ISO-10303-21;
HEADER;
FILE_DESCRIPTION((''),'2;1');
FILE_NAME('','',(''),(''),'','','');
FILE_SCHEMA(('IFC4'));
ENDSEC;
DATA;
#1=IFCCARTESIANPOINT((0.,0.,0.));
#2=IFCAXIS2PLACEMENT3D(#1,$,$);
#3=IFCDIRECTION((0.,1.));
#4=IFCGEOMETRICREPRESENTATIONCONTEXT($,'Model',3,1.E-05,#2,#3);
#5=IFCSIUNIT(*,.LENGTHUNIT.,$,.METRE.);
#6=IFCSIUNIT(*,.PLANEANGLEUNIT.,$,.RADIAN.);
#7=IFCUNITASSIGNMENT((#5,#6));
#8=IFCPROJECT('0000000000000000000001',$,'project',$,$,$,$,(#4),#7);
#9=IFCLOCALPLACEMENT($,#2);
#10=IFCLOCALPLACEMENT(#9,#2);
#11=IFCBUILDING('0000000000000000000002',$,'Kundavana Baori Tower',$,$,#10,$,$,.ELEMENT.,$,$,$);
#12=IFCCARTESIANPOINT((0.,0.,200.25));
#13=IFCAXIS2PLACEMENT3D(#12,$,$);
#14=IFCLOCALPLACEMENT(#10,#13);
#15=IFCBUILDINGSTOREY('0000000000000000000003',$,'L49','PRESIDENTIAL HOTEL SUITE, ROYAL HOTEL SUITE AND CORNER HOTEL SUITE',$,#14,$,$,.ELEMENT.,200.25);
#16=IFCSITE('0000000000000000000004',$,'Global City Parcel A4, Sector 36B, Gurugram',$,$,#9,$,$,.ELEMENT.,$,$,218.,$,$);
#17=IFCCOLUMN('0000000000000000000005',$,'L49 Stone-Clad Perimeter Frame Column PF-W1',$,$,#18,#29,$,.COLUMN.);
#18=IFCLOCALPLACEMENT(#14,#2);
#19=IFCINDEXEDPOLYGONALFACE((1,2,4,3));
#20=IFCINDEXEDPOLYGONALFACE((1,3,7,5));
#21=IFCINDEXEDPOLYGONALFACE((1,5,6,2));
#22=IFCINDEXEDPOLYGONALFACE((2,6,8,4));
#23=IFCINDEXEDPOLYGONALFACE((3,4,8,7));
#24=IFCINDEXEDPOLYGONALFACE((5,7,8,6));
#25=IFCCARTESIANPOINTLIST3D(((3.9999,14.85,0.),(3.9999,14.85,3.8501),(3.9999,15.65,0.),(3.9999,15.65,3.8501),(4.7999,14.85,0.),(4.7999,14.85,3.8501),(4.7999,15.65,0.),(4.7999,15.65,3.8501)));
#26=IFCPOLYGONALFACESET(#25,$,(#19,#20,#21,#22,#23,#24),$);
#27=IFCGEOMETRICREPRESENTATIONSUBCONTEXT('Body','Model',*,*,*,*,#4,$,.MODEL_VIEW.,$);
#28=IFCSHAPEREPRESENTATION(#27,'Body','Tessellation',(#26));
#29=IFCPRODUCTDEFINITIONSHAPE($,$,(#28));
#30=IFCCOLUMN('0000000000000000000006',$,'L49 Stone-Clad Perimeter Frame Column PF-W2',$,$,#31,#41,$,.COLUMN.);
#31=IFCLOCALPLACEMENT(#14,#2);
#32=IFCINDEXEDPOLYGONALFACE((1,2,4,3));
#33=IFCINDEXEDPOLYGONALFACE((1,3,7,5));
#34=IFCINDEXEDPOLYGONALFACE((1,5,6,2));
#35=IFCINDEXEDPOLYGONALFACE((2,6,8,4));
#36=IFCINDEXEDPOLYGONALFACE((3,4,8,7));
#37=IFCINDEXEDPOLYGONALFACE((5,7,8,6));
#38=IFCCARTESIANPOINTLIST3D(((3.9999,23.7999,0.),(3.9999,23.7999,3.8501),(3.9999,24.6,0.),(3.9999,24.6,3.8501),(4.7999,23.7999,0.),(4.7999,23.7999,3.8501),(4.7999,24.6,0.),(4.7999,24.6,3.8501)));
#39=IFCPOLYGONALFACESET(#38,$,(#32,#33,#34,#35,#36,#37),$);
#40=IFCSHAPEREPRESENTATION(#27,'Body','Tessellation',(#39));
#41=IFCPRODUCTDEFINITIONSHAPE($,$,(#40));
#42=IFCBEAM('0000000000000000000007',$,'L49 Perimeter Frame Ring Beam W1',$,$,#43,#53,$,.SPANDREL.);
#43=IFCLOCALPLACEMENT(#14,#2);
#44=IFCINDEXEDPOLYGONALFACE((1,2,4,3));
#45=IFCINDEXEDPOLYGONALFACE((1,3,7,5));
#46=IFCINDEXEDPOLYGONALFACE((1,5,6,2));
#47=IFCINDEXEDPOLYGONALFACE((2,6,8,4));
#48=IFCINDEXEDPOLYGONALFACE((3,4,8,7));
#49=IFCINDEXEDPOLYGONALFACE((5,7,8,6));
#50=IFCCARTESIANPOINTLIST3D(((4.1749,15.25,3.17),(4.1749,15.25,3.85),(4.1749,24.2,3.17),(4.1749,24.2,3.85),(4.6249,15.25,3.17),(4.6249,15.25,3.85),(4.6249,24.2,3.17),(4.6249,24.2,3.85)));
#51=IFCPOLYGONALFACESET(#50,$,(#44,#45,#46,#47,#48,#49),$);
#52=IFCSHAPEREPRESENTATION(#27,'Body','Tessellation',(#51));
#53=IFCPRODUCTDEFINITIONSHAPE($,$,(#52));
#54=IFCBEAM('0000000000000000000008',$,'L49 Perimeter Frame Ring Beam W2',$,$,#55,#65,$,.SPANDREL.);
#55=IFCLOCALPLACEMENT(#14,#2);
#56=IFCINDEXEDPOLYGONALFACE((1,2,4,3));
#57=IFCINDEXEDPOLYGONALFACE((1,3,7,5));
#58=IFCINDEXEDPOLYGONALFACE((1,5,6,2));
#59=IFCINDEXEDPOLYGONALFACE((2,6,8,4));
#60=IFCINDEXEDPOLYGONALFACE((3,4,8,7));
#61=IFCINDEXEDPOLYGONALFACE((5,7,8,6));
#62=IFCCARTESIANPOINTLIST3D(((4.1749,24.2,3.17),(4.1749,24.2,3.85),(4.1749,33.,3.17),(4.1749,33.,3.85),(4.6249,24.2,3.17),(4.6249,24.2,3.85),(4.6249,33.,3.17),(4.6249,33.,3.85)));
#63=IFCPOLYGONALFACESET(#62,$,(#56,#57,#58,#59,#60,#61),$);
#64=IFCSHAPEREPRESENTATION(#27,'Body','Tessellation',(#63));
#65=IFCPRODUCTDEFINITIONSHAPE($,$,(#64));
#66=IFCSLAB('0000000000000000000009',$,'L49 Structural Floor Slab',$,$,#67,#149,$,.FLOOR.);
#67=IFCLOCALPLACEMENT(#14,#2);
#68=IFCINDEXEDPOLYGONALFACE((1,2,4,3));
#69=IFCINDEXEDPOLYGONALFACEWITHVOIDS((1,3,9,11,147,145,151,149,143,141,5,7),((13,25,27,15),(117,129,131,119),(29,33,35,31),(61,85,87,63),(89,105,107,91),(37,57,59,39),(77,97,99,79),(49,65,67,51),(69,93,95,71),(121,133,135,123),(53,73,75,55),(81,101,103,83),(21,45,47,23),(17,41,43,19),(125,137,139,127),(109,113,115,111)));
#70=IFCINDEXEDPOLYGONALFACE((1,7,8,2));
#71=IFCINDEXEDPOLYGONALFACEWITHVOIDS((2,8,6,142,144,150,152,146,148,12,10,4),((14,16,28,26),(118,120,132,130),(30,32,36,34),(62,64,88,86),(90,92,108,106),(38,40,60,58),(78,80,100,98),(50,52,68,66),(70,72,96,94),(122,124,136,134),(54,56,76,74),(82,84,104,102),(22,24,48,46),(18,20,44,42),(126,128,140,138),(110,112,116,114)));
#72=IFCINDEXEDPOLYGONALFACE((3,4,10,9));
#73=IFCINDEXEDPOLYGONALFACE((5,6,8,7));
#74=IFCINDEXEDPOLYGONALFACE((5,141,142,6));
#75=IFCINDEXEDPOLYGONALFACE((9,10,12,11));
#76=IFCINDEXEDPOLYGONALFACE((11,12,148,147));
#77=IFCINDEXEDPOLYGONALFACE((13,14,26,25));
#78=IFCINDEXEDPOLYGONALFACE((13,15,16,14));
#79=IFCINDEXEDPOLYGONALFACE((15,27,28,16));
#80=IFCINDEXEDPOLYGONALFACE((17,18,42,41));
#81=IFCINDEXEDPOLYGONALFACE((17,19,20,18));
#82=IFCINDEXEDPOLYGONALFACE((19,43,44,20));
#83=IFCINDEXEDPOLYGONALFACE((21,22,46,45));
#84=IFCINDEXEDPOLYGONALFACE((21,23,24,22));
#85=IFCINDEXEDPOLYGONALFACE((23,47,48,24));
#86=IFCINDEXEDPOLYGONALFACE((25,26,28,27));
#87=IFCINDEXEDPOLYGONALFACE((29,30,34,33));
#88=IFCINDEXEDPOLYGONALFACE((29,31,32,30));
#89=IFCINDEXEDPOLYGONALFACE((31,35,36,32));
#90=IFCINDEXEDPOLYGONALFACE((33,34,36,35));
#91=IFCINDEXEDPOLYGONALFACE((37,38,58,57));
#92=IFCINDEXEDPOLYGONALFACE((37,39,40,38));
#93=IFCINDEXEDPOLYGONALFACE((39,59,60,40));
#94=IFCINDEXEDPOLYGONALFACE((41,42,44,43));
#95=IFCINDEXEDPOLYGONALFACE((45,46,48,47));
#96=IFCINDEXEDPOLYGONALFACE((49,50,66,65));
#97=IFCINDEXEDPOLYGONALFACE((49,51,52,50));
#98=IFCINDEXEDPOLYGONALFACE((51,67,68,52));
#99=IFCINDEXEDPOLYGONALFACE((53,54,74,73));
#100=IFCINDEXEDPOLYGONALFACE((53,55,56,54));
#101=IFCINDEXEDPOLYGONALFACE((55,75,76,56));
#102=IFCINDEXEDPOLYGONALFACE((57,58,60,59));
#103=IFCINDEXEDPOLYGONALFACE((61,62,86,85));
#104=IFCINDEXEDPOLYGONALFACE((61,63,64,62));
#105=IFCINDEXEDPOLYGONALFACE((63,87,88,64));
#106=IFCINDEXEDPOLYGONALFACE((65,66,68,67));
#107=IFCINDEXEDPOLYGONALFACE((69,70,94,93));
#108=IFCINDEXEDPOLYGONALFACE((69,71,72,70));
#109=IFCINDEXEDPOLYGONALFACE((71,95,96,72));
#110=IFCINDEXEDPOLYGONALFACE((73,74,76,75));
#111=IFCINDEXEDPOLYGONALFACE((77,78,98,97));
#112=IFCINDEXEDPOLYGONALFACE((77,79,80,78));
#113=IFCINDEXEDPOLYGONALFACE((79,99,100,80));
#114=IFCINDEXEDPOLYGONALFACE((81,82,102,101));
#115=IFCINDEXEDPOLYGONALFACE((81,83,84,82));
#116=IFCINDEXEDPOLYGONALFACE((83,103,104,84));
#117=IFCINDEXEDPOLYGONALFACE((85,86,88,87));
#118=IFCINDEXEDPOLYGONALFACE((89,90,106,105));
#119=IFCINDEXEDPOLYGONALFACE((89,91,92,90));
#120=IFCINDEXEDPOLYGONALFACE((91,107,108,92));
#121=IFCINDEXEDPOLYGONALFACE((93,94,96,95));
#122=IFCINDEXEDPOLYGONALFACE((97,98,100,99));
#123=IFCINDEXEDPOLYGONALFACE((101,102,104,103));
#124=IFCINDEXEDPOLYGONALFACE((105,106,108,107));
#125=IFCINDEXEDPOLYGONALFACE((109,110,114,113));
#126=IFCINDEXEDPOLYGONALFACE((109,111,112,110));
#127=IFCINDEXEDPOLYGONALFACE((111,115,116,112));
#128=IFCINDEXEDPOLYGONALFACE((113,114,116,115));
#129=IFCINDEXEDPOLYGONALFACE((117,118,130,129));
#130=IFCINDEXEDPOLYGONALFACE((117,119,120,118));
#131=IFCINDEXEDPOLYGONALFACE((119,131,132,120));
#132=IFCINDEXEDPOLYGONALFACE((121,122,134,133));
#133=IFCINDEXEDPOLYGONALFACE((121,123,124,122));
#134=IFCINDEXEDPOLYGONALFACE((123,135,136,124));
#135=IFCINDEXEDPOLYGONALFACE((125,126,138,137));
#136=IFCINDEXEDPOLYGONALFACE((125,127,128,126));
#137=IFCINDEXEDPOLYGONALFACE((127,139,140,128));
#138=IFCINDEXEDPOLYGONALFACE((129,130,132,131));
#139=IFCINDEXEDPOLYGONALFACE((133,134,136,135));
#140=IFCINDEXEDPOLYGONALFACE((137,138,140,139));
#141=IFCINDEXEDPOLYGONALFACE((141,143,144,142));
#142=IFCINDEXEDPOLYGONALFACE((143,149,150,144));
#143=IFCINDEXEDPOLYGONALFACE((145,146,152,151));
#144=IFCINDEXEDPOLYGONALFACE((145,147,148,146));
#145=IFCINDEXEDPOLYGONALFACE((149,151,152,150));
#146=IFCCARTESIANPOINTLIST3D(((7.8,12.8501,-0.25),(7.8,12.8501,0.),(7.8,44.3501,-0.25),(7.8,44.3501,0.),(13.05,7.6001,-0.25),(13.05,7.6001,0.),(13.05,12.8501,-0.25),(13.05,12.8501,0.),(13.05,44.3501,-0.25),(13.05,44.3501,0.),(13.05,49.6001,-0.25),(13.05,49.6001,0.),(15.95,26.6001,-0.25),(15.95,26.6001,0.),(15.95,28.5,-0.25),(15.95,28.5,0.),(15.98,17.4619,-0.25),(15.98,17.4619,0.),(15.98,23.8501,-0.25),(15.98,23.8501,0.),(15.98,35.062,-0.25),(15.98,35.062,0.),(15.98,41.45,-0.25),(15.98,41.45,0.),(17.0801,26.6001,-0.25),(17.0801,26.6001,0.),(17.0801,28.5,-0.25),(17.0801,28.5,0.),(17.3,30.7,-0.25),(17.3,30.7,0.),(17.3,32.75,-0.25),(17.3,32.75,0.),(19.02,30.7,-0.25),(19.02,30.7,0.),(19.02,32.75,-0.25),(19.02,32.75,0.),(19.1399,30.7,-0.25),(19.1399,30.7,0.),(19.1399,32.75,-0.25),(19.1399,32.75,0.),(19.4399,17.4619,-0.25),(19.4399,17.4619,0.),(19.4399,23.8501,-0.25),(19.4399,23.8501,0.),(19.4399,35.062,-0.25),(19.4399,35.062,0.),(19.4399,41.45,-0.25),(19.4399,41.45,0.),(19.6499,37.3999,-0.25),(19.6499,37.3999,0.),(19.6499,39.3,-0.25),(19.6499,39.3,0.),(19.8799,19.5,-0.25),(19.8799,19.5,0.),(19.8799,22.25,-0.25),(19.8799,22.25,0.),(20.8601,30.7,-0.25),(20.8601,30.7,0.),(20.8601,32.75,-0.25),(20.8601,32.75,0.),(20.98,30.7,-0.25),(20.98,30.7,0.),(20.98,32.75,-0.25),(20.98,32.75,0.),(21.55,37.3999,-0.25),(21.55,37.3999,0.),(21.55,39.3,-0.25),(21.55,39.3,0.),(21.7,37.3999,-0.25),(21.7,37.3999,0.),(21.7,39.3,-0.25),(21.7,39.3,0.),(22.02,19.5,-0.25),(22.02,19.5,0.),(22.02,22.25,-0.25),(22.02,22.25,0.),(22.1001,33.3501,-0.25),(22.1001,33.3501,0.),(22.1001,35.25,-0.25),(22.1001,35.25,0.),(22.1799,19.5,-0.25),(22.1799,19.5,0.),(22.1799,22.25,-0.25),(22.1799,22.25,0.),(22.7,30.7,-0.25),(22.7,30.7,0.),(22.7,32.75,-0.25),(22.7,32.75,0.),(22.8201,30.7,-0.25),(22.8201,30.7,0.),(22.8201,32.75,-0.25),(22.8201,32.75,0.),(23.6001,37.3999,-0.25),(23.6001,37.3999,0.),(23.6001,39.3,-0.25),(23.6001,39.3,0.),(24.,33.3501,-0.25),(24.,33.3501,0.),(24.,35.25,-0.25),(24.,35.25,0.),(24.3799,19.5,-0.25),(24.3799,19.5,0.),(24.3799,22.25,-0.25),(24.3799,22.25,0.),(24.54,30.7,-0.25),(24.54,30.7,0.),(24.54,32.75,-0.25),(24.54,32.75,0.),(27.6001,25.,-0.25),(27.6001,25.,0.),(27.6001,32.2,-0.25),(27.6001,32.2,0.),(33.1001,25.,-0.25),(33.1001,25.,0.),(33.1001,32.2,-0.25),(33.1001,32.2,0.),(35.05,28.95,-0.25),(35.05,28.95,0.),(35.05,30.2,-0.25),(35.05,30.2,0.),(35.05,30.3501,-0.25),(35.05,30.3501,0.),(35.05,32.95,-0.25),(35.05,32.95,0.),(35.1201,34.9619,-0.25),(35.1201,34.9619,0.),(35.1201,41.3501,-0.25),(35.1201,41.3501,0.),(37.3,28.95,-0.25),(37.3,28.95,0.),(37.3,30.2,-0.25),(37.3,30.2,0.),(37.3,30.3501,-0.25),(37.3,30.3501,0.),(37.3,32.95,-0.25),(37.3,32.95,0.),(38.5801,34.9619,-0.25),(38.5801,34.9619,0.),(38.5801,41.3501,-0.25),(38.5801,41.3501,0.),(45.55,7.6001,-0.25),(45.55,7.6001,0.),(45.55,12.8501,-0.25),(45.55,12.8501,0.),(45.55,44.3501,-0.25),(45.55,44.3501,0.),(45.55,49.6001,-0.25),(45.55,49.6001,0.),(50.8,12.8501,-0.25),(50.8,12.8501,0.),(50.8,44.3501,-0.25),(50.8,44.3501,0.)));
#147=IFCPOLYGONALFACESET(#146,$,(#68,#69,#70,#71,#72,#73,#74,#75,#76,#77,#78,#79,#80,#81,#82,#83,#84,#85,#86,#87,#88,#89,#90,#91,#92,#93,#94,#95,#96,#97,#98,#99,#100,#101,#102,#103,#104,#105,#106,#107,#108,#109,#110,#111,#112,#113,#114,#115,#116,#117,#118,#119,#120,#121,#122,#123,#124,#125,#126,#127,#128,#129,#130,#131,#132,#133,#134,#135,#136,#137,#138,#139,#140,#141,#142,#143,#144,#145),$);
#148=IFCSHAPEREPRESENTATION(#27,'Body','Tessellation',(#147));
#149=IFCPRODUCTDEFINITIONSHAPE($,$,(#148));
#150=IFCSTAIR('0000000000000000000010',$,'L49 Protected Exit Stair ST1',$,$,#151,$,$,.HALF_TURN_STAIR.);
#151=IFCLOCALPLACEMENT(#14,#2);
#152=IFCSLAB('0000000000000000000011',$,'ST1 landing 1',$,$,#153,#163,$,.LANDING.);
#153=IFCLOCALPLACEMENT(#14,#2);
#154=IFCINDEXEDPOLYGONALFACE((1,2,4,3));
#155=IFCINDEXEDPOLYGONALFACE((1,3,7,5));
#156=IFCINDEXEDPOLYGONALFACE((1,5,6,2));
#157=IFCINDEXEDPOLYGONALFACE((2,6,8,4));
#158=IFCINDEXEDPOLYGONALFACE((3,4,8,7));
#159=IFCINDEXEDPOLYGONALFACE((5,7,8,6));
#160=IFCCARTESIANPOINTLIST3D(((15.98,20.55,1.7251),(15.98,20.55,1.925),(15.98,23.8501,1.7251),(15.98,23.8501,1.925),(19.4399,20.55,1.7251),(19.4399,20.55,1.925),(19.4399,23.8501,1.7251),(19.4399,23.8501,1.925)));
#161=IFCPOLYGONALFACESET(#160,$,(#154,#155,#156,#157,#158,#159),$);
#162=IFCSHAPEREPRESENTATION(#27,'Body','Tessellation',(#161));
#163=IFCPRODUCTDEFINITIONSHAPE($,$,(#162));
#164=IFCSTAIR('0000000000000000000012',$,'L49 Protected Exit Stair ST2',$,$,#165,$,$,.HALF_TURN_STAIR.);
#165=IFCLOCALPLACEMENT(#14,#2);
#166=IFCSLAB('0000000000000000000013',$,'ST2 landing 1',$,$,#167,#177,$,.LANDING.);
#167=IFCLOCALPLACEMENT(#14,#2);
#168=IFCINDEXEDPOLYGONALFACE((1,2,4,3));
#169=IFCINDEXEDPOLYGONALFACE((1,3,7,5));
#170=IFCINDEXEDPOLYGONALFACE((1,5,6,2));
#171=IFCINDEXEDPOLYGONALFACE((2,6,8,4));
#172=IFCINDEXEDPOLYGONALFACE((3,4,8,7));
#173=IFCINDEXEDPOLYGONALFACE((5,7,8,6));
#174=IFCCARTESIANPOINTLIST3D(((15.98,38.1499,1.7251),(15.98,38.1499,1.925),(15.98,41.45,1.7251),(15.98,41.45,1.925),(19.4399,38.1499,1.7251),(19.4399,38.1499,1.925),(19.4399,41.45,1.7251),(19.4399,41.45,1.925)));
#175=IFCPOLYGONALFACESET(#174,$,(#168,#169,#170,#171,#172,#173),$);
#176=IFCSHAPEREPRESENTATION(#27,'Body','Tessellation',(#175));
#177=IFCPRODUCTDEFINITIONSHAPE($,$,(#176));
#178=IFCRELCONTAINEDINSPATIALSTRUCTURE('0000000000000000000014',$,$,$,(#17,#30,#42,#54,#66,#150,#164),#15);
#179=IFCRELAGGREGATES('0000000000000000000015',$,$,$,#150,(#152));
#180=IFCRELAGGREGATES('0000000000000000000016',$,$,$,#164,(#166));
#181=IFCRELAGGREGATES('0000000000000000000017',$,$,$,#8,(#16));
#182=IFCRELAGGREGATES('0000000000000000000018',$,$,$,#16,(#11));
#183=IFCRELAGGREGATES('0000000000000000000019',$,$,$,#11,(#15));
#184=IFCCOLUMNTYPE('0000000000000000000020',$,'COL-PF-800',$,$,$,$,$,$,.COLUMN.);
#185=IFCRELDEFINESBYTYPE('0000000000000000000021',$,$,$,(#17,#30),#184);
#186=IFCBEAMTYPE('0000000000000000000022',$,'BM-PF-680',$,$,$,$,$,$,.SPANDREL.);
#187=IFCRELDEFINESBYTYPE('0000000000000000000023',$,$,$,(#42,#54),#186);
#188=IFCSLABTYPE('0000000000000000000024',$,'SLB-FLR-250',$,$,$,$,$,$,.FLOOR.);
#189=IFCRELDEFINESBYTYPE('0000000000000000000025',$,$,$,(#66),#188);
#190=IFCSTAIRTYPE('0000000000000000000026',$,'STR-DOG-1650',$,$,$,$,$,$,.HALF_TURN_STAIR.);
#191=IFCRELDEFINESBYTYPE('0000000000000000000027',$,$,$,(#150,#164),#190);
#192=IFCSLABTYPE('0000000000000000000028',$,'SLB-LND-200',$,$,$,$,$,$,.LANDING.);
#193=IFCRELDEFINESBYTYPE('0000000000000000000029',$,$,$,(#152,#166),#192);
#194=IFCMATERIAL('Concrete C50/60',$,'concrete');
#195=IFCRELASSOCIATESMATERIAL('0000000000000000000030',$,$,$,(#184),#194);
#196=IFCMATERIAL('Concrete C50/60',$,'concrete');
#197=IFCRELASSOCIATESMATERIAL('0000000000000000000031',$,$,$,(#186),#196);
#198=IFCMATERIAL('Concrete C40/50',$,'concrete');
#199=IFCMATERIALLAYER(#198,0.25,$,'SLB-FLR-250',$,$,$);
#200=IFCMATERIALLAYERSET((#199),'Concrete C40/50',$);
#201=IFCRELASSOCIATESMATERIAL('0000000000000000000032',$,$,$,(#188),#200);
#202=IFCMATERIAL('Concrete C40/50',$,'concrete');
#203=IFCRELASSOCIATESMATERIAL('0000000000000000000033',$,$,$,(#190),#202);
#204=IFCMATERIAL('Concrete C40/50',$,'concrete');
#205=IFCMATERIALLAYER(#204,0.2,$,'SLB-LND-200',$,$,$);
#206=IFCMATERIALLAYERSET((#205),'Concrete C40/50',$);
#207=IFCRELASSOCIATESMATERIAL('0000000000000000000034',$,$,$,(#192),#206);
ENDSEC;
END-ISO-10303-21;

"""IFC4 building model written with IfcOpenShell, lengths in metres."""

from ifc_helpers import new_model, si_unit, direction, frame, origin, origin_2d, place, context, subcontext, project, spatial, polyline, rectangle, outline, extrude, material, layer, layer_set, material_profile, profile_set, type_object, element, aggregate, save


model = new_model("IFC4")

# Units and contexts
model_context = context("Model", 3, precision=1e-05, world=origin(), true_north=direction((0.0, 1.0)))
body_context = subcontext(model_context, "Body", "Model", "MODEL_VIEW")
ifc_project = project(units=[si_unit("LENGTHUNIT", "METRE"), si_unit("PLANEANGLEUNIT", "RADIAN")], contexts=[model_context])

# Site, building, storey
site_placement = place(None, origin())
site = spatial("IfcSite", under=ifc_project, at=site_placement, Name="Global City Parcel A4, Sector 36B, Gurugram", CompositionType="ELEMENT", RefElevation=218.0)
building_placement = place(site_placement, origin())
building = spatial("IfcBuilding", under=site, at=building_placement, Name="Kundavana Baori Tower", CompositionType="ELEMENT")
storey_placement = place(building_placement, frame((0.0, 0.0, 200.25)))
storey = spatial("IfcBuildingStorey", under=building, at=storey_placement, Name="L49", Description="PRESIDENTIAL HOTEL SUITE, ROYAL HOTEL SUITE AND CORNER HOTEL SUITE", CompositionType="ELEMENT", Elevation=200.25)

# Columns
ifc_material_1 = material(Name="Concrete C50/60", Category="concrete")
ifc_material_profile_1 = material_profile(ifc_material_1, rectangle(XDim=0.8, YDim=0.8, at=origin_2d()), Name="RC PF 800x800")
ifc_profile_set_1 = profile_set([ifc_material_profile_1], Name="Concrete C50/60")
column_type = type_object("IfcColumnType", Name="COL-PF-800", PredefinedType="COLUMN", material=ifc_profile_set_1)
for number, where, z_axis, x_axis, name in (
    (1, (4.3999, 15.25, 0.0), (0.0, 0.0, 1.0), (1.0, 0.0, 0.0), "L49 Stone-Clad Perimeter Frame Column PF-W1"),
    (2, (4.3999, 24.2, 0.0), (0.0, 0.0, 1.0), (1.0, 0.0, 0.0), "L49 Stone-Clad Perimeter Frame Column PF-W2"),
):
    element("IfcColumn", number, at=place(storey_placement, frame(where, z_axis=z_axis, x_axis=x_axis)), inside=storey, type_object=column_type, Name=name, PredefinedType="COLUMN", context=body_context, shape_type="SweptSolid", body=[
        extrude(rectangle(XDim=0.8, YDim=0.8, at=origin_2d()), origin(), (0.0, 0.0, 1.0), 3.8501),
    ])

# Beams
ifc_material_2 = material(Name="Concrete C50/60", Category="concrete")
ifc_material_profile_2 = material_profile(ifc_material_2, rectangle(XDim=0.45, YDim=0.6799, at=origin_2d()), Name="RC BM 450x680")
ifc_profile_set_2 = profile_set([ifc_material_profile_2], Name="Concrete C50/60")
beam_type = type_object("IfcBeamType", Name="BM-PF-680", PredefinedType="SPANDREL", material=ifc_profile_set_2)
beam_1_placement = place(storey_placement, frame((4.3999, 15.25, 3.51), z_axis=(0.0, 1.0, 0.0), x_axis=(-1.0, 0.0, 0.0)))
element("IfcBeam", 3, at=beam_1_placement, inside=storey, type_object=beam_type, Name="L49 Perimeter Frame Ring Beam W1", PredefinedType="SPANDREL", context=body_context, shape_type="SweptSolid", body=[
    extrude(rectangle(XDim=0.45, YDim=0.6799, at=origin_2d()), origin(), (0.0, 0.0, 1.0), 8.95),
])
beam_2_placement = place(storey_placement, frame((4.3999, 24.2, 3.51), z_axis=(0.0, 1.0, 0.0), x_axis=(-1.0, 0.0, 0.0)))
element("IfcBeam", 4, at=beam_2_placement, inside=storey, type_object=beam_type, Name="L49 Perimeter Frame Ring Beam W2", PredefinedType="SPANDREL", context=body_context, shape_type="SweptSolid", body=[
    extrude(rectangle(XDim=0.45, YDim=0.6799, at=origin_2d()), origin(), (0.0, 0.0, 1.0), 8.8),
])

# Slab
ifc_material_3 = material(Name="Concrete C40/50", Category="concrete")
ifc_layer_1 = layer(ifc_material_3, 0.25, Name="SLB-FLR-250")
ifc_layer_set_1 = layer_set([ifc_layer_1], Name="Concrete C40/50")
slab_type_1 = type_object("IfcSlabType", Name="SLB-FLR-250", PredefinedType="FLOOR", material=ifc_layer_set_1)
slab_1_placement = place(storey_placement, frame((0.0, 0.0, -0.25)))
element("IfcSlab", 5, at=slab_1_placement, inside=storey, type_object=slab_type_1, Name="L49 Structural Floor Slab", PredefinedType="FLOOR", context=body_context, shape_type="SweptSolid", body=[
    extrude(outline(polyline([(13.05, 7.6001), (45.55, 7.6001), (45.55, 12.8501), (50.8, 12.8501), (50.8, 44.3501), (45.55, 44.3501), (45.55, 49.6001), (13.05, 49.6001), (13.05, 44.3501), (7.8, 44.3501), (7.8, 12.8501), (13.05, 12.8501), (13.05, 7.6001)]), holes=[polyline([(19.4399, 17.4619), (19.4399, 23.8501), (15.98, 23.8501), (15.98, 17.4619), (19.4399, 17.4619)]), polyline([(19.4399, 35.062), (19.4399, 41.45), (15.98, 41.45), (15.98, 35.062), (19.4399, 35.062)]), polyline([(38.5801, 34.9619), (38.5801, 41.3501), (35.1201, 41.3501), (35.1201, 34.9619), (38.5801, 34.9619)]), polyline([(17.3, 30.7), (19.02, 30.7), (19.02, 32.75), (17.3, 32.75), (17.3, 30.7)]), polyline([(19.1399, 30.7), (20.8601, 30.7), (20.8601, 32.75), (19.1399, 32.75), (19.1399, 30.7)]), polyline([(20.98, 30.7), (22.7, 30.7), (22.7, 32.75), (20.98, 32.75), (20.98, 30.7)]), polyline([(22.8201, 30.7), (24.54, 30.7), (24.54, 32.75), (22.8201, 32.75), (22.8201, 30.7)]), polyline([(19.6499, 37.3999), (21.55, 37.3999), (21.55, 39.3), (19.6499, 39.3), (19.6499, 37.3999)]), polyline([(21.7, 37.3999), (23.6001, 37.3999), (23.6001, 39.3), (21.7, 39.3), (21.7, 37.3999)]), polyline([(22.1001, 33.3501), (24.0, 33.3501), (24.0, 35.25), (22.1001, 35.25), (22.1001, 33.3501)]), polyline([(19.8799, 19.5), (22.02, 19.5), (22.02, 22.25), (19.8799, 22.25), (19.8799, 19.5)]), polyline([(22.1799, 19.5), (24.3799, 19.5), (24.3799, 22.25), (22.1799, 22.25), (22.1799, 19.5)]), polyline([(35.05, 30.3501), (37.3, 30.3501), (37.3, 32.95), (35.05, 32.95), (35.05, 30.3501)]), polyline([(15.95, 26.6001), (17.0801, 26.6001), (17.0801, 28.5), (15.95, 28.5), (15.95, 26.6001)]), polyline([(35.05, 28.95), (37.3, 28.95), (37.3, 30.2), (35.05, 30.2), (35.05, 28.95)]), polyline([(27.6001, 25.0), (33.1001, 25.0), (33.1001, 32.2), (27.6001, 32.2), (27.6001, 25.0)])]), origin(), (0.0, 0.0, 1.0), 0.25),
])

# Stairs, slabs
ifc_material_4 = material(Name="Concrete C40/50", Category="concrete")
stair_type = type_object("IfcStairType", Name="STR-DOG-1650", PredefinedType="HALF_TURN_STAIR", material=ifc_material_4)
stair_1_placement = place(storey_placement, origin())
stair_1 = element("IfcStair", 6, at=stair_1_placement, inside=storey, type_object=stair_type, Name="L49 Protected Exit Stair ST1", PredefinedType="HALF_TURN_STAIR")
ifc_material_5 = material(Name="Concrete C40/50", Category="concrete")
ifc_layer_2 = layer(ifc_material_5, 0.2, Name="SLB-LND-200")
ifc_layer_set_2 = layer_set([ifc_layer_2], Name="Concrete C40/50")
slab_type_2 = type_object("IfcSlabType", Name="SLB-LND-200", PredefinedType="LANDING", material=ifc_layer_set_2)
slab_2_placement = place(storey_placement, frame((0.0, 0.0, 1.7251)))
slab_2 = element("IfcSlab", 7, at=slab_2_placement, type_object=slab_type_2, Name="ST1 landing 1", PredefinedType="LANDING", context=body_context, shape_type="SweptSolid", body=[
    extrude(outline(polyline([(19.4399, 20.55), (19.4399, 23.8501), (15.98, 23.8501), (15.98, 20.55), (19.4399, 20.55)])), origin(), (0.0, 0.0, 1.0), 0.2),
])
aggregate(stair_1, [slab_2])
stair_2_placement = place(storey_placement, origin())
stair_2 = element("IfcStair", 8, at=stair_2_placement, inside=storey, type_object=stair_type, Name="L49 Protected Exit Stair ST2", PredefinedType="HALF_TURN_STAIR")
slab_3_placement = place(storey_placement, frame((0.0, 0.0, 1.7251)))
slab_3 = element("IfcSlab", 9, at=slab_3_placement, type_object=slab_type_2, Name="ST2 landing 1", PredefinedType="LANDING", context=body_context, shape_type="SweptSolid", body=[
    extrude(outline(polyline([(19.4399, 38.1499), (19.4399, 41.45), (15.98, 41.45), (15.98, 38.1499), (19.4399, 38.1499)])), origin(), (0.0, 0.0, 1.0), 0.2),
])
aggregate(stair_2, [slab_3])

save(model, "model.ifc")
